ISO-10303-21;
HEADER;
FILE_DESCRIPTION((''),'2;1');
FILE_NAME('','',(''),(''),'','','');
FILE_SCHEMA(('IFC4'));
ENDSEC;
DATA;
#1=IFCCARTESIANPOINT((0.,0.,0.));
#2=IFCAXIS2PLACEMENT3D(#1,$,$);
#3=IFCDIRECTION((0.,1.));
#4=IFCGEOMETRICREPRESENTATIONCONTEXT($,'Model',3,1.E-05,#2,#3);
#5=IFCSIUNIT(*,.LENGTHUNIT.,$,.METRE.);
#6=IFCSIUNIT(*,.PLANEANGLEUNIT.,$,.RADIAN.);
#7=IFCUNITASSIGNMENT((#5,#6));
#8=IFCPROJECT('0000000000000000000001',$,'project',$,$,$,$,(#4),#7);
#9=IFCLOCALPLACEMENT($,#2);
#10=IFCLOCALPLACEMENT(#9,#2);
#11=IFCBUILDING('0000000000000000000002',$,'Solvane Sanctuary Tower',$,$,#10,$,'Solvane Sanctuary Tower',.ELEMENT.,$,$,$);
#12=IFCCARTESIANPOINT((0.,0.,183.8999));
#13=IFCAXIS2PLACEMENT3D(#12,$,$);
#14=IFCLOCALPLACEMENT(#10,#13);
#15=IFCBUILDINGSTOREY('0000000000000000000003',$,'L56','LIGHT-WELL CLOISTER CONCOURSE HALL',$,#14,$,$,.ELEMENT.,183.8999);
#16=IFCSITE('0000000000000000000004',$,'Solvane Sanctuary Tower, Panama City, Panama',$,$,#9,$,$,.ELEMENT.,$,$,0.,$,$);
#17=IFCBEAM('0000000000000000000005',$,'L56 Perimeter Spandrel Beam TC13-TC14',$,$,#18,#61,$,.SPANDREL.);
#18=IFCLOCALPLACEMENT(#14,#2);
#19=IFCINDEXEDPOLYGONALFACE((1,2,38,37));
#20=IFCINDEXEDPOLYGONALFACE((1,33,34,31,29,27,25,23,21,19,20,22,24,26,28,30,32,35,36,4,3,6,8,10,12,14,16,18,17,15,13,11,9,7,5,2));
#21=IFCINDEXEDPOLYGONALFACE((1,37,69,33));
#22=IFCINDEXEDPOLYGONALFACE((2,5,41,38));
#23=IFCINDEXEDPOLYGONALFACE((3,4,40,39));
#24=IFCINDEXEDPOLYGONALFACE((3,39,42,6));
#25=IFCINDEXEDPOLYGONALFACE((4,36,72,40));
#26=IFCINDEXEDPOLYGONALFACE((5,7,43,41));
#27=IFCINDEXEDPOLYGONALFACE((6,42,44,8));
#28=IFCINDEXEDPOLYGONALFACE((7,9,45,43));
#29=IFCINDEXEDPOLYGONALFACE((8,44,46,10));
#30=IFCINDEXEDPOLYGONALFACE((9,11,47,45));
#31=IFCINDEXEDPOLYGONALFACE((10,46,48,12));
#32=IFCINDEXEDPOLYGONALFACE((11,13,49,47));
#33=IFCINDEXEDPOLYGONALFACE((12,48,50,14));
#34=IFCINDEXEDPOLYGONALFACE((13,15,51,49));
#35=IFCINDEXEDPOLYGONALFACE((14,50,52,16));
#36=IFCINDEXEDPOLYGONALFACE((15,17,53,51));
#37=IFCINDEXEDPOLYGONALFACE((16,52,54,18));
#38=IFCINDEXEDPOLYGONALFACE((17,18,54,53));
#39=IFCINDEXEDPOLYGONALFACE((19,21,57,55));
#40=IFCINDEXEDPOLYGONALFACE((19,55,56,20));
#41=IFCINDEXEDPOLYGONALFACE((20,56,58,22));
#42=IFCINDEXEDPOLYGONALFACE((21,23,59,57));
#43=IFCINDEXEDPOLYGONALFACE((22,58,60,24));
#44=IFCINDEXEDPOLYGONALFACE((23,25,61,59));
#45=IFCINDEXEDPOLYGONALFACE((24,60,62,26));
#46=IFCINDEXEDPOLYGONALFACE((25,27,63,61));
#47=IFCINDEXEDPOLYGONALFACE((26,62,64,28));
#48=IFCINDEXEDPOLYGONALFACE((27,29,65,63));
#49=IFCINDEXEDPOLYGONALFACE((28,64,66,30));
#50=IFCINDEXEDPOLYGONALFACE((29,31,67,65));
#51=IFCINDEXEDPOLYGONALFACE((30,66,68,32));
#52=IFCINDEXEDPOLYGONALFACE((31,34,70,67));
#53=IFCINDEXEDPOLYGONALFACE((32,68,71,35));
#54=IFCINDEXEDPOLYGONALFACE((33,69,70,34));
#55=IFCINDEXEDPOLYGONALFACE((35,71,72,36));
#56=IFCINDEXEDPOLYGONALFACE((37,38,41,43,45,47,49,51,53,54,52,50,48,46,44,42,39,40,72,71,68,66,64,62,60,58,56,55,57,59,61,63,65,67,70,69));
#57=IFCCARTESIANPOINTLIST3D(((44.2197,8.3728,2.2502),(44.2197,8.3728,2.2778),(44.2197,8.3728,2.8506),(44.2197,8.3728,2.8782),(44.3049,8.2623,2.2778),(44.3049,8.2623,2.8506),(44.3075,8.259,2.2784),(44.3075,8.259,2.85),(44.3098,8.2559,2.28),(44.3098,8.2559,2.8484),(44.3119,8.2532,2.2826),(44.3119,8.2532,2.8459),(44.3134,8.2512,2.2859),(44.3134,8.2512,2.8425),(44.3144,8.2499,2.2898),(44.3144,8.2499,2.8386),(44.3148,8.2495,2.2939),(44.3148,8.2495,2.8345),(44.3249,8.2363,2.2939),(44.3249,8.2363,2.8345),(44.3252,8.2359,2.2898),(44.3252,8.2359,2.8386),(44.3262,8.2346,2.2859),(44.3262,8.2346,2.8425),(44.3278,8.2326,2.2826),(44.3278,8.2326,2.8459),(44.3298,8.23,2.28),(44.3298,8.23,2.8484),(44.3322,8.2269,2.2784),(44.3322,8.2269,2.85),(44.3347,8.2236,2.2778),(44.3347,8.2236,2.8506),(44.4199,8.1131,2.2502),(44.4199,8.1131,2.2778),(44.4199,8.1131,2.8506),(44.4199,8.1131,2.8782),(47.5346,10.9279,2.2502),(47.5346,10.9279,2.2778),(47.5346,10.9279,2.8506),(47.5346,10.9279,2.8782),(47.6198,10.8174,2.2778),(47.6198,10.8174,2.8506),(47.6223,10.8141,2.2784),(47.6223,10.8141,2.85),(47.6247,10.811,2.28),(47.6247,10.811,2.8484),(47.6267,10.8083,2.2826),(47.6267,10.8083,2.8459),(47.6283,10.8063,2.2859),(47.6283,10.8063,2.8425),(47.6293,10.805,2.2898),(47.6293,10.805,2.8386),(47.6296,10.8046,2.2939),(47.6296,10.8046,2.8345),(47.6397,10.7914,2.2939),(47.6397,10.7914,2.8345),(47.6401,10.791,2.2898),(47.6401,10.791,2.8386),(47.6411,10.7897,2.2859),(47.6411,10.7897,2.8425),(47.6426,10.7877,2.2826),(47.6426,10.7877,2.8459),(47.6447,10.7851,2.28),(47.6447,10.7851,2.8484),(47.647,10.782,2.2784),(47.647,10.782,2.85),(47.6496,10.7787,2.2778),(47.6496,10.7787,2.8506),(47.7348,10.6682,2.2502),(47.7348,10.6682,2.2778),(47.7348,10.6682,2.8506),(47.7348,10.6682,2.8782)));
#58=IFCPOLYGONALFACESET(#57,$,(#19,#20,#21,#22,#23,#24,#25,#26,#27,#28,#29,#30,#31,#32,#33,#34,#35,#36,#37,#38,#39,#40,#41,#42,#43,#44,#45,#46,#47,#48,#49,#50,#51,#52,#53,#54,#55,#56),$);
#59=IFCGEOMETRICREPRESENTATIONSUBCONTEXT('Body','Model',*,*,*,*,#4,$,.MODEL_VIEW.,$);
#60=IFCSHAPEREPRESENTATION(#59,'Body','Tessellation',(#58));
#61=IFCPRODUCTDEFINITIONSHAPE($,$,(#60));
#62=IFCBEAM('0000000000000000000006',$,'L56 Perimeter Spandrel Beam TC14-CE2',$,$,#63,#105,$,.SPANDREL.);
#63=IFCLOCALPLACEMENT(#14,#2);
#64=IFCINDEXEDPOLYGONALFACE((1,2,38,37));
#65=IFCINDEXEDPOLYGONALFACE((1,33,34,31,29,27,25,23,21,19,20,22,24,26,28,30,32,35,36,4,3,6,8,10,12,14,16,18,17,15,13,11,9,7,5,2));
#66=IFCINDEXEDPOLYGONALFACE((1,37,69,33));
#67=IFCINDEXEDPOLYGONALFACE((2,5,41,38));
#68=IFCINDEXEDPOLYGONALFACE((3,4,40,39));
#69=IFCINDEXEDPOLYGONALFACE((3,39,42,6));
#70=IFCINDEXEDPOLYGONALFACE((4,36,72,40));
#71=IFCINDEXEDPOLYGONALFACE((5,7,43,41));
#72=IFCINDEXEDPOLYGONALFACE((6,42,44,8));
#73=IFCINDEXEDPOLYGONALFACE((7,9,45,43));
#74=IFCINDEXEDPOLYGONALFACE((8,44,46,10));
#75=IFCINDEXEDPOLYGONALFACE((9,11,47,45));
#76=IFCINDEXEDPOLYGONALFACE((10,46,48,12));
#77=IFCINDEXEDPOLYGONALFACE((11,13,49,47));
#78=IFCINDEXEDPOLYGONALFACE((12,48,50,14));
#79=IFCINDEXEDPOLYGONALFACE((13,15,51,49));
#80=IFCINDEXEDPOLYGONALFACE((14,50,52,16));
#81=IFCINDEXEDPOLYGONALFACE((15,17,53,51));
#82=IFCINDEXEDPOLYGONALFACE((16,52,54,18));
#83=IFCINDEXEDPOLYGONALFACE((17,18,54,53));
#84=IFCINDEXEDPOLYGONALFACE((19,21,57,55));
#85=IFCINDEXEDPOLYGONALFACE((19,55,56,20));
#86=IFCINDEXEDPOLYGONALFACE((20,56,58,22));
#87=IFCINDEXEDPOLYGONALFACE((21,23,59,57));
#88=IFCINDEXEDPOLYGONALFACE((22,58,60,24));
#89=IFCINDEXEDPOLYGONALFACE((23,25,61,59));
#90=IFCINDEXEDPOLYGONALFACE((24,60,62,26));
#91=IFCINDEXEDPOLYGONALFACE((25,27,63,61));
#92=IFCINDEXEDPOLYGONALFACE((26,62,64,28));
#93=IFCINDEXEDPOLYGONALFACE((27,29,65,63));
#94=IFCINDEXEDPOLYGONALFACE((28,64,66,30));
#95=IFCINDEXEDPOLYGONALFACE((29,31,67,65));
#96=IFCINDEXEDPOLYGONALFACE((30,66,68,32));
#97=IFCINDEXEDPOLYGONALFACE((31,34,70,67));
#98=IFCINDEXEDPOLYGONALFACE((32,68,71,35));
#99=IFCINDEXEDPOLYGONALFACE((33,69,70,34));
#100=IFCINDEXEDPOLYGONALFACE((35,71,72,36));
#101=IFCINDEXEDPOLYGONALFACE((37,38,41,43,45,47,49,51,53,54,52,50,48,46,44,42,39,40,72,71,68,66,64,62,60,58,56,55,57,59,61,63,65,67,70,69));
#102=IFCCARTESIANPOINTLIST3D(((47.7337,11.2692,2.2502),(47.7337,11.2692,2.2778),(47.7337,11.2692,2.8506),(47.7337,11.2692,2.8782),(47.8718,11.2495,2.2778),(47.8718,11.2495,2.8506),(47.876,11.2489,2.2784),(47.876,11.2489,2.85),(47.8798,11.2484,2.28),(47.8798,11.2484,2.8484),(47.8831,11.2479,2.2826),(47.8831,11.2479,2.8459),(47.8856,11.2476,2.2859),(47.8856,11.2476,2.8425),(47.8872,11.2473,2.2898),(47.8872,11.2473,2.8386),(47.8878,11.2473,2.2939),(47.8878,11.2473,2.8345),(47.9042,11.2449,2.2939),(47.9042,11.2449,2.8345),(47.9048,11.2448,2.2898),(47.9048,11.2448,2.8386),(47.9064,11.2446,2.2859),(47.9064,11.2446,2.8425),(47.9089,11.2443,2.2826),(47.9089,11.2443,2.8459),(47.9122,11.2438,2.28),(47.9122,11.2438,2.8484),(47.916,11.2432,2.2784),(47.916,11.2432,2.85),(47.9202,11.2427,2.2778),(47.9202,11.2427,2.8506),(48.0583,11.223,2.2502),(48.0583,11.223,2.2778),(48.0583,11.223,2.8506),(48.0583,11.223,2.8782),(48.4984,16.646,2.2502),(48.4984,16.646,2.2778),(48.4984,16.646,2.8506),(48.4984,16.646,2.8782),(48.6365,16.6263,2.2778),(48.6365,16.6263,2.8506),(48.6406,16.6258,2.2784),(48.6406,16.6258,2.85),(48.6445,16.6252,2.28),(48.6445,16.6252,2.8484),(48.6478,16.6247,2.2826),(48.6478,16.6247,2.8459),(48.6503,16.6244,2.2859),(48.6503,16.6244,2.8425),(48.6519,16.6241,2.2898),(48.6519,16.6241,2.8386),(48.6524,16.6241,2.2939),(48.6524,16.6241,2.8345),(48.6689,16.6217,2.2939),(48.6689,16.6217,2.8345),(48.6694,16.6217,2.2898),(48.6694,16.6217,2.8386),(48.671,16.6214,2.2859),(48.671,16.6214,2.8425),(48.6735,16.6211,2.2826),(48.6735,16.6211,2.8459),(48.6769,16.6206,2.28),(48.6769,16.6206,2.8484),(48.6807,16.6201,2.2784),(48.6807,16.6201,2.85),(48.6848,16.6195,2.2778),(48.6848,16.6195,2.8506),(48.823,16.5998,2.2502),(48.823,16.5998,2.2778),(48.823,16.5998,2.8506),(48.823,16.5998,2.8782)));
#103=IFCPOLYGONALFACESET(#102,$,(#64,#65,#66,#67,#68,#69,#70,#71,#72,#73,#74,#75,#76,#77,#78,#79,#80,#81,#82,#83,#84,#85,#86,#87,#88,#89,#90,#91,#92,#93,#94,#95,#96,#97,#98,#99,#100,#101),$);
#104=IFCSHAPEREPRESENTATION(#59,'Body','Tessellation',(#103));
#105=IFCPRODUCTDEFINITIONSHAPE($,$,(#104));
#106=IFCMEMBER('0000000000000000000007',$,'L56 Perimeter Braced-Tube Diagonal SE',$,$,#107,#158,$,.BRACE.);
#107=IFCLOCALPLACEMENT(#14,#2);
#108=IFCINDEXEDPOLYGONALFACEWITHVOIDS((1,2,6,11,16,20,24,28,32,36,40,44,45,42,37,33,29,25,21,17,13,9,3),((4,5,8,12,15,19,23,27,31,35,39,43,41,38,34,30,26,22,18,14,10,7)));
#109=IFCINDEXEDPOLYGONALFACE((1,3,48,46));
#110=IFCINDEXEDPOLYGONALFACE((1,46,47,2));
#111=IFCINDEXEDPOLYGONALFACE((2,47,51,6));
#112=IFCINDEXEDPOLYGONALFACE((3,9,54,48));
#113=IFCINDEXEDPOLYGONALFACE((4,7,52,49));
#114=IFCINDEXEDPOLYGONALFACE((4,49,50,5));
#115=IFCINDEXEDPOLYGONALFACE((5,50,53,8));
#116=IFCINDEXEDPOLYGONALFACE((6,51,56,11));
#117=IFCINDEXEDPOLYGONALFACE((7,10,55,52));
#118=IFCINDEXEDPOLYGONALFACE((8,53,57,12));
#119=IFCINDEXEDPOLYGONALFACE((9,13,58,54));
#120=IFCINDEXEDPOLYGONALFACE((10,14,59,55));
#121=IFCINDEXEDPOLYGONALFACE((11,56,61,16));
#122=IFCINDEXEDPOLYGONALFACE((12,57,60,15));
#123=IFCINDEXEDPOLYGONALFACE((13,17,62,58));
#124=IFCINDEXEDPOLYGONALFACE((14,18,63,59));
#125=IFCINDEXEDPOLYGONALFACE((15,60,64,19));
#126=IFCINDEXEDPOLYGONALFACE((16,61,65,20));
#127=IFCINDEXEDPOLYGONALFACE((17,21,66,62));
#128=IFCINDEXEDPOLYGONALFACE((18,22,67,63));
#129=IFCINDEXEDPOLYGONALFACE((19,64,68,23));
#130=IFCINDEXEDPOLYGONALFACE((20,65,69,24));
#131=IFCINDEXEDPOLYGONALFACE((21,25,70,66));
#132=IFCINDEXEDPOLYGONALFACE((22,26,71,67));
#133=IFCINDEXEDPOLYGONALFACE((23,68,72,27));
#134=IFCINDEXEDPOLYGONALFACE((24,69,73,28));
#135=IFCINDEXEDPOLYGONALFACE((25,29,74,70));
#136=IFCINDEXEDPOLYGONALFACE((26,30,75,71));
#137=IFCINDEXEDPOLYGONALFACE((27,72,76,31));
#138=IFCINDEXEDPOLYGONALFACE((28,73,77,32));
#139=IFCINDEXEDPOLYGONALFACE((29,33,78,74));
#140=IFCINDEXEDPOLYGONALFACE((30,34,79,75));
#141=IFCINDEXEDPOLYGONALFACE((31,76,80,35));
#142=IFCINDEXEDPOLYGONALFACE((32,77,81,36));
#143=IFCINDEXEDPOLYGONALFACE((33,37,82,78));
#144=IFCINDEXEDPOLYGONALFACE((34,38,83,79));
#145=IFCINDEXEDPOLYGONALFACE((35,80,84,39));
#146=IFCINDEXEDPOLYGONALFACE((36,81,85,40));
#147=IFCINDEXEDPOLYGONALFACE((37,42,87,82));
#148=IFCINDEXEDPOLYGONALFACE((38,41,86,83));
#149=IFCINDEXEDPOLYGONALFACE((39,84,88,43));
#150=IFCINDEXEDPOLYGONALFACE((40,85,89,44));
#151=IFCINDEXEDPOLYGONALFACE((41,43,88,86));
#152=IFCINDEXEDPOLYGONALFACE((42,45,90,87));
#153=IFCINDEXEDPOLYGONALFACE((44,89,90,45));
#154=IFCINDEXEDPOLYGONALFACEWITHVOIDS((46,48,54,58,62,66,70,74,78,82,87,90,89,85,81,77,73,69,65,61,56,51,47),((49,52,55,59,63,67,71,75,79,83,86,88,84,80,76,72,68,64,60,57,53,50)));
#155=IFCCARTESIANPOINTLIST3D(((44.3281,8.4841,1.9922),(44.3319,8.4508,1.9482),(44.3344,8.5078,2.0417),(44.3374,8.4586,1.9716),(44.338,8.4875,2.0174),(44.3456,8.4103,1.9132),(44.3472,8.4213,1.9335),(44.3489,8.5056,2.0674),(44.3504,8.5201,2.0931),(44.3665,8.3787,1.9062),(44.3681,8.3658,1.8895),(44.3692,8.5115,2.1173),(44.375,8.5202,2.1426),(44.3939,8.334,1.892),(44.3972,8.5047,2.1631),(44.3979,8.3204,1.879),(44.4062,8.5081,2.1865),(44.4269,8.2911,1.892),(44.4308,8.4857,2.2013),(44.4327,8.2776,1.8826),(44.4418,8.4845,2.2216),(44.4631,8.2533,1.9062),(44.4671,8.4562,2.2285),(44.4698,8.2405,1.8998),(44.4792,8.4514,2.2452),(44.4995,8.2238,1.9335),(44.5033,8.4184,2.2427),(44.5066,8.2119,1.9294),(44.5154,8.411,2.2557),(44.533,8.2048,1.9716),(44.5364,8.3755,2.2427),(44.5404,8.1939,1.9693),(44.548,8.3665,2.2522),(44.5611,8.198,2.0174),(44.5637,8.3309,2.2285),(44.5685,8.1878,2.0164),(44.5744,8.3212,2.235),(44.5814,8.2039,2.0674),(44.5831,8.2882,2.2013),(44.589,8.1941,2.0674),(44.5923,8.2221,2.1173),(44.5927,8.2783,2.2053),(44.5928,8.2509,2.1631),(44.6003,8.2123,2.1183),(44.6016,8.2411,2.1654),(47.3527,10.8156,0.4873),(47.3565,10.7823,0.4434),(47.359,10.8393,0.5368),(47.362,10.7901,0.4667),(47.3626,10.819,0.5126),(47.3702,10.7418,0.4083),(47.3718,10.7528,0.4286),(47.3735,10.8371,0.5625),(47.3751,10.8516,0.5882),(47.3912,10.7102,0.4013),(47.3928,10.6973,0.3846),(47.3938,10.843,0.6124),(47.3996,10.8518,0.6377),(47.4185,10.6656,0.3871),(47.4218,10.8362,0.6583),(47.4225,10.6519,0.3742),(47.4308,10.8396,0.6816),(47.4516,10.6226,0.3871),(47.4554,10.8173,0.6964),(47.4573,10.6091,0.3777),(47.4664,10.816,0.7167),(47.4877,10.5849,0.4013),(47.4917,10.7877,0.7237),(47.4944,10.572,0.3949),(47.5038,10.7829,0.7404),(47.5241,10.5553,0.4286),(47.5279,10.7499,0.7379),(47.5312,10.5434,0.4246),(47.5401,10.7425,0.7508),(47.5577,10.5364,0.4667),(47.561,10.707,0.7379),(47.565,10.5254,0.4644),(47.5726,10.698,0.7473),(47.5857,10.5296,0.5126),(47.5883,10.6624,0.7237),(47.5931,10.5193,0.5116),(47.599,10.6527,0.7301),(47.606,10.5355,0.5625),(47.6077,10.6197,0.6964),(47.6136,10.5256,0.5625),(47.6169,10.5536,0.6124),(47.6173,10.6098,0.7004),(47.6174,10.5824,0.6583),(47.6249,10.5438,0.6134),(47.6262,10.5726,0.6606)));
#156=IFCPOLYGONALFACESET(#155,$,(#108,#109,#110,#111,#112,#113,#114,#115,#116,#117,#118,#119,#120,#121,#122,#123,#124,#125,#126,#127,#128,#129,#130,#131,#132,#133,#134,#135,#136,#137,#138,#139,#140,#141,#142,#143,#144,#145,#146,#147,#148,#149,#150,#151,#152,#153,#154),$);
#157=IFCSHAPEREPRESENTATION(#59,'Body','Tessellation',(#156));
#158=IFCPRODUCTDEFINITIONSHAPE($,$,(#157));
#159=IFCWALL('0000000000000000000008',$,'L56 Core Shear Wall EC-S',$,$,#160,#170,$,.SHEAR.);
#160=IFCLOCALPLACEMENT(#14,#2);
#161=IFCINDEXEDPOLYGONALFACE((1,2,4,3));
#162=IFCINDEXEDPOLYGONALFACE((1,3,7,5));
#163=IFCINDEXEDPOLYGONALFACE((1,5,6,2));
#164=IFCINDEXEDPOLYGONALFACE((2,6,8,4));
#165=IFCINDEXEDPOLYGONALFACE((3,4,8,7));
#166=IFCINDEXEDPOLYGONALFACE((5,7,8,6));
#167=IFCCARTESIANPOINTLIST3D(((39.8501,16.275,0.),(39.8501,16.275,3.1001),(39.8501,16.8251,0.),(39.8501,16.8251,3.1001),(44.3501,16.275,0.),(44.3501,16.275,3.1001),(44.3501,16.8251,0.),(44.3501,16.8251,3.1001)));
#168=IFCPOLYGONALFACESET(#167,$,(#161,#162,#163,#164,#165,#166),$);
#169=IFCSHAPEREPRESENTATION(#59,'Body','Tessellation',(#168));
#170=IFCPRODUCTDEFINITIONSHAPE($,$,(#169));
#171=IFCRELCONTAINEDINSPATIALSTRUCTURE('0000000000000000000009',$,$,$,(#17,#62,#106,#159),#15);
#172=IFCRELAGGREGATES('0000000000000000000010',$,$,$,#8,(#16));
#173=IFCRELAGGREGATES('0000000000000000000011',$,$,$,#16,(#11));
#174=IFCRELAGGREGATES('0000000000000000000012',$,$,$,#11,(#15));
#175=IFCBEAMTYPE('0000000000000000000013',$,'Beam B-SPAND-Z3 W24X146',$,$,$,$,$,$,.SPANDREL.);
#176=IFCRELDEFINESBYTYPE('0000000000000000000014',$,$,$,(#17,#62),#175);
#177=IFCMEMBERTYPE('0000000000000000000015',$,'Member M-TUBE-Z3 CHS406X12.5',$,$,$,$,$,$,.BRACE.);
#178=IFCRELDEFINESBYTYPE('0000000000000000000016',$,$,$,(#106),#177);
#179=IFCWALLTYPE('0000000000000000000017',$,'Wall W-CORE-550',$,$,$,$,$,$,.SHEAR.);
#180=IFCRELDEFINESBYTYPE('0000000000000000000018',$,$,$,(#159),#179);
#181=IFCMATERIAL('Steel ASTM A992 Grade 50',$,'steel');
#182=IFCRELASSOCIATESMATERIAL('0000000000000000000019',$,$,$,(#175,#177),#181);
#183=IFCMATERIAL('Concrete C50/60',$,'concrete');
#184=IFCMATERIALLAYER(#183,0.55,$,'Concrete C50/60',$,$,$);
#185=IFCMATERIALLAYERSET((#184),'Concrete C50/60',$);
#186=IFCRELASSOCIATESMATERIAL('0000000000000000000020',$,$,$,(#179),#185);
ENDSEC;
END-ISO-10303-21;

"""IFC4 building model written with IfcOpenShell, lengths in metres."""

from ifc_helpers import new_model, si_unit, direction, frame, frame_2d, origin, origin_2d, place, context, subcontext, project, spatial, rectangle, hollow_circle, i_section, extrude, material, layer, layer_set, material_profile, profile_set, type_object, element, save


model = new_model("IFC4")

# Units and contexts
model_context = context("Model", 3, precision=1e-05, world=origin(), true_north=direction((0.0, 1.0)))
body_context = subcontext(model_context, "Body", "Model", "MODEL_VIEW")
ifc_project = project(units=[si_unit("LENGTHUNIT", "METRE"), si_unit("PLANEANGLEUNIT", "RADIAN")], contexts=[model_context])

# Site, building, storey
site_placement = place(None, origin())
site = spatial("IfcSite", under=ifc_project, at=site_placement, Name="Solvane Sanctuary Tower, Panama City, Panama", CompositionType="ELEMENT", RefElevation=0.0)
building_placement = place(site_placement, origin())
building = spatial("IfcBuilding", under=site, at=building_placement, Name="Solvane Sanctuary Tower", LongName="Solvane Sanctuary Tower", CompositionType="ELEMENT")
storey_placement = place(building_placement, frame((0.0, 0.0, 183.8999)))
storey = spatial("IfcBuildingStorey", under=building, at=storey_placement, Name="L56", Description="LIGHT-WELL CLOISTER CONCOURSE HALL", CompositionType="ELEMENT", Elevation=183.8999)

# Beams
ifc_material_1 = material(Name="Steel ASTM A992 Grade 50", Category="steel")
ifc_material_profile_1 = material_profile(ifc_material_1, i_section(OverallWidth=0.3279, OverallDepth=0.6279, WebThickness=0.0166, FlangeThickness=0.0276, FilletRadius=0.0161, at=origin_2d()), Name="W24X146")
ifc_profile_set_1 = profile_set([ifc_material_profile_1], Name="Steel ASTM A992 Grade 50")
beam_type_1 = type_object("IfcBeamType", Name="Beam B-SPAND-Z3 W24X146", PredefinedType="SPANDREL", material=ifc_profile_set_1)
beam_1_placement = place(storey_placement, frame((44.3198, 8.2429, 2.5642), z_axis=(0.792021, 0.610494, 0.0), x_axis=(-0.610494, 0.792021, 0.0)))
element("IfcBeam", 1, at=beam_1_placement, inside=storey, type_object=beam_type_1, Name="L56 Perimeter Spandrel Beam TC13-TC14", PredefinedType="SPANDREL", context=body_context, shape_type="SweptSolid", body=[
    extrude(i_section(OverallWidth=0.3279, OverallDepth=0.6279, WebThickness=0.0166, FlangeThickness=0.0276, FilletRadius=0.0161, at=origin_2d()), origin(), (0.0, 0.0, 1.0), 4.1853),
])
beam_2_placement = place(storey_placement, frame((47.896, 11.2461, 2.5642), z_axis=(0.140798, 0.990038, 0.0), x_axis=(-0.990038, 0.140798, 0.0)))
element("IfcBeam", 2, at=beam_2_placement, inside=storey, type_object=beam_type_1, Name="L56 Perimeter Spandrel Beam TC14-CE2", PredefinedType="SPANDREL", context=body_context, shape_type="SweptSolid", body=[
    extrude(i_section(OverallWidth=0.3279, OverallDepth=0.6279, WebThickness=0.0166, FlangeThickness=0.0276, FilletRadius=0.0161, at=origin_2d()), origin(), (0.0, 0.0, 1.0), 5.4309),
])

# Member
ifc_material_profile_2 = material_profile(ifc_material_1, hollow_circle(Radius=0.2029, WallThickness=0.0125, at=origin_2d()), Name="CHS406X12.5")
ifc_profile_set_2 = profile_set([ifc_material_profile_2], Name="Steel ASTM A992 Grade 50")
member_type = type_object("IfcMemberType", Name="Member M-TUBE-Z3 CHS406X12.5", PredefinedType="BRACE", material=ifc_profile_set_2)
member_placement = place(storey_placement, frame((47.4897, 10.6863, 0.5625), z_axis=(-0.73686, -0.568005, 0.366616), x_axis=(0.610514, -0.792006, 0.0)))
element("IfcMember", 3, at=member_placement, inside=storey, type_object=member_type, Name="L56 Perimeter Braced-Tube Diagonal SE", PredefinedType="BRACE", context=body_context, shape_type="SweptSolid", body=[
    extrude(hollow_circle(Radius=0.2029, WallThickness=0.0125, at=origin_2d()), origin(), (0.0, 0.0, 1.0), 4.1047),
])

# Wall
ifc_material_2 = material(Name="Concrete C50/60", Category="concrete")
ifc_layer_1 = layer(ifc_material_2, 0.55, Name="Concrete C50/60")
ifc_layer_set_1 = layer_set([ifc_layer_1], Name="Concrete C50/60")
wall_type_1 = type_object("IfcWallType", Name="Wall W-CORE-550", PredefinedType="SHEAR", material=ifc_layer_set_1)
wall_1_placement = place(storey_placement, frame((39.8501, 16.55, 0.0), z_axis=(0.0, 0.0, 1.0), x_axis=(1.0, 0.0, 0.0)))
element("IfcWall", 4, at=wall_1_placement, inside=storey, type_object=wall_type_1, Name="L56 Core Shear Wall EC-S", PredefinedType="SHEAR", context=body_context, shape_type="SweptSolid", body=[
    extrude(rectangle(XDim=4.5, YDim=0.55, at=frame_2d((2.25, 0.0))), origin(), (0.0, 0.0, 1.0), 3.1001),
])

save(model, "model.ifc")
